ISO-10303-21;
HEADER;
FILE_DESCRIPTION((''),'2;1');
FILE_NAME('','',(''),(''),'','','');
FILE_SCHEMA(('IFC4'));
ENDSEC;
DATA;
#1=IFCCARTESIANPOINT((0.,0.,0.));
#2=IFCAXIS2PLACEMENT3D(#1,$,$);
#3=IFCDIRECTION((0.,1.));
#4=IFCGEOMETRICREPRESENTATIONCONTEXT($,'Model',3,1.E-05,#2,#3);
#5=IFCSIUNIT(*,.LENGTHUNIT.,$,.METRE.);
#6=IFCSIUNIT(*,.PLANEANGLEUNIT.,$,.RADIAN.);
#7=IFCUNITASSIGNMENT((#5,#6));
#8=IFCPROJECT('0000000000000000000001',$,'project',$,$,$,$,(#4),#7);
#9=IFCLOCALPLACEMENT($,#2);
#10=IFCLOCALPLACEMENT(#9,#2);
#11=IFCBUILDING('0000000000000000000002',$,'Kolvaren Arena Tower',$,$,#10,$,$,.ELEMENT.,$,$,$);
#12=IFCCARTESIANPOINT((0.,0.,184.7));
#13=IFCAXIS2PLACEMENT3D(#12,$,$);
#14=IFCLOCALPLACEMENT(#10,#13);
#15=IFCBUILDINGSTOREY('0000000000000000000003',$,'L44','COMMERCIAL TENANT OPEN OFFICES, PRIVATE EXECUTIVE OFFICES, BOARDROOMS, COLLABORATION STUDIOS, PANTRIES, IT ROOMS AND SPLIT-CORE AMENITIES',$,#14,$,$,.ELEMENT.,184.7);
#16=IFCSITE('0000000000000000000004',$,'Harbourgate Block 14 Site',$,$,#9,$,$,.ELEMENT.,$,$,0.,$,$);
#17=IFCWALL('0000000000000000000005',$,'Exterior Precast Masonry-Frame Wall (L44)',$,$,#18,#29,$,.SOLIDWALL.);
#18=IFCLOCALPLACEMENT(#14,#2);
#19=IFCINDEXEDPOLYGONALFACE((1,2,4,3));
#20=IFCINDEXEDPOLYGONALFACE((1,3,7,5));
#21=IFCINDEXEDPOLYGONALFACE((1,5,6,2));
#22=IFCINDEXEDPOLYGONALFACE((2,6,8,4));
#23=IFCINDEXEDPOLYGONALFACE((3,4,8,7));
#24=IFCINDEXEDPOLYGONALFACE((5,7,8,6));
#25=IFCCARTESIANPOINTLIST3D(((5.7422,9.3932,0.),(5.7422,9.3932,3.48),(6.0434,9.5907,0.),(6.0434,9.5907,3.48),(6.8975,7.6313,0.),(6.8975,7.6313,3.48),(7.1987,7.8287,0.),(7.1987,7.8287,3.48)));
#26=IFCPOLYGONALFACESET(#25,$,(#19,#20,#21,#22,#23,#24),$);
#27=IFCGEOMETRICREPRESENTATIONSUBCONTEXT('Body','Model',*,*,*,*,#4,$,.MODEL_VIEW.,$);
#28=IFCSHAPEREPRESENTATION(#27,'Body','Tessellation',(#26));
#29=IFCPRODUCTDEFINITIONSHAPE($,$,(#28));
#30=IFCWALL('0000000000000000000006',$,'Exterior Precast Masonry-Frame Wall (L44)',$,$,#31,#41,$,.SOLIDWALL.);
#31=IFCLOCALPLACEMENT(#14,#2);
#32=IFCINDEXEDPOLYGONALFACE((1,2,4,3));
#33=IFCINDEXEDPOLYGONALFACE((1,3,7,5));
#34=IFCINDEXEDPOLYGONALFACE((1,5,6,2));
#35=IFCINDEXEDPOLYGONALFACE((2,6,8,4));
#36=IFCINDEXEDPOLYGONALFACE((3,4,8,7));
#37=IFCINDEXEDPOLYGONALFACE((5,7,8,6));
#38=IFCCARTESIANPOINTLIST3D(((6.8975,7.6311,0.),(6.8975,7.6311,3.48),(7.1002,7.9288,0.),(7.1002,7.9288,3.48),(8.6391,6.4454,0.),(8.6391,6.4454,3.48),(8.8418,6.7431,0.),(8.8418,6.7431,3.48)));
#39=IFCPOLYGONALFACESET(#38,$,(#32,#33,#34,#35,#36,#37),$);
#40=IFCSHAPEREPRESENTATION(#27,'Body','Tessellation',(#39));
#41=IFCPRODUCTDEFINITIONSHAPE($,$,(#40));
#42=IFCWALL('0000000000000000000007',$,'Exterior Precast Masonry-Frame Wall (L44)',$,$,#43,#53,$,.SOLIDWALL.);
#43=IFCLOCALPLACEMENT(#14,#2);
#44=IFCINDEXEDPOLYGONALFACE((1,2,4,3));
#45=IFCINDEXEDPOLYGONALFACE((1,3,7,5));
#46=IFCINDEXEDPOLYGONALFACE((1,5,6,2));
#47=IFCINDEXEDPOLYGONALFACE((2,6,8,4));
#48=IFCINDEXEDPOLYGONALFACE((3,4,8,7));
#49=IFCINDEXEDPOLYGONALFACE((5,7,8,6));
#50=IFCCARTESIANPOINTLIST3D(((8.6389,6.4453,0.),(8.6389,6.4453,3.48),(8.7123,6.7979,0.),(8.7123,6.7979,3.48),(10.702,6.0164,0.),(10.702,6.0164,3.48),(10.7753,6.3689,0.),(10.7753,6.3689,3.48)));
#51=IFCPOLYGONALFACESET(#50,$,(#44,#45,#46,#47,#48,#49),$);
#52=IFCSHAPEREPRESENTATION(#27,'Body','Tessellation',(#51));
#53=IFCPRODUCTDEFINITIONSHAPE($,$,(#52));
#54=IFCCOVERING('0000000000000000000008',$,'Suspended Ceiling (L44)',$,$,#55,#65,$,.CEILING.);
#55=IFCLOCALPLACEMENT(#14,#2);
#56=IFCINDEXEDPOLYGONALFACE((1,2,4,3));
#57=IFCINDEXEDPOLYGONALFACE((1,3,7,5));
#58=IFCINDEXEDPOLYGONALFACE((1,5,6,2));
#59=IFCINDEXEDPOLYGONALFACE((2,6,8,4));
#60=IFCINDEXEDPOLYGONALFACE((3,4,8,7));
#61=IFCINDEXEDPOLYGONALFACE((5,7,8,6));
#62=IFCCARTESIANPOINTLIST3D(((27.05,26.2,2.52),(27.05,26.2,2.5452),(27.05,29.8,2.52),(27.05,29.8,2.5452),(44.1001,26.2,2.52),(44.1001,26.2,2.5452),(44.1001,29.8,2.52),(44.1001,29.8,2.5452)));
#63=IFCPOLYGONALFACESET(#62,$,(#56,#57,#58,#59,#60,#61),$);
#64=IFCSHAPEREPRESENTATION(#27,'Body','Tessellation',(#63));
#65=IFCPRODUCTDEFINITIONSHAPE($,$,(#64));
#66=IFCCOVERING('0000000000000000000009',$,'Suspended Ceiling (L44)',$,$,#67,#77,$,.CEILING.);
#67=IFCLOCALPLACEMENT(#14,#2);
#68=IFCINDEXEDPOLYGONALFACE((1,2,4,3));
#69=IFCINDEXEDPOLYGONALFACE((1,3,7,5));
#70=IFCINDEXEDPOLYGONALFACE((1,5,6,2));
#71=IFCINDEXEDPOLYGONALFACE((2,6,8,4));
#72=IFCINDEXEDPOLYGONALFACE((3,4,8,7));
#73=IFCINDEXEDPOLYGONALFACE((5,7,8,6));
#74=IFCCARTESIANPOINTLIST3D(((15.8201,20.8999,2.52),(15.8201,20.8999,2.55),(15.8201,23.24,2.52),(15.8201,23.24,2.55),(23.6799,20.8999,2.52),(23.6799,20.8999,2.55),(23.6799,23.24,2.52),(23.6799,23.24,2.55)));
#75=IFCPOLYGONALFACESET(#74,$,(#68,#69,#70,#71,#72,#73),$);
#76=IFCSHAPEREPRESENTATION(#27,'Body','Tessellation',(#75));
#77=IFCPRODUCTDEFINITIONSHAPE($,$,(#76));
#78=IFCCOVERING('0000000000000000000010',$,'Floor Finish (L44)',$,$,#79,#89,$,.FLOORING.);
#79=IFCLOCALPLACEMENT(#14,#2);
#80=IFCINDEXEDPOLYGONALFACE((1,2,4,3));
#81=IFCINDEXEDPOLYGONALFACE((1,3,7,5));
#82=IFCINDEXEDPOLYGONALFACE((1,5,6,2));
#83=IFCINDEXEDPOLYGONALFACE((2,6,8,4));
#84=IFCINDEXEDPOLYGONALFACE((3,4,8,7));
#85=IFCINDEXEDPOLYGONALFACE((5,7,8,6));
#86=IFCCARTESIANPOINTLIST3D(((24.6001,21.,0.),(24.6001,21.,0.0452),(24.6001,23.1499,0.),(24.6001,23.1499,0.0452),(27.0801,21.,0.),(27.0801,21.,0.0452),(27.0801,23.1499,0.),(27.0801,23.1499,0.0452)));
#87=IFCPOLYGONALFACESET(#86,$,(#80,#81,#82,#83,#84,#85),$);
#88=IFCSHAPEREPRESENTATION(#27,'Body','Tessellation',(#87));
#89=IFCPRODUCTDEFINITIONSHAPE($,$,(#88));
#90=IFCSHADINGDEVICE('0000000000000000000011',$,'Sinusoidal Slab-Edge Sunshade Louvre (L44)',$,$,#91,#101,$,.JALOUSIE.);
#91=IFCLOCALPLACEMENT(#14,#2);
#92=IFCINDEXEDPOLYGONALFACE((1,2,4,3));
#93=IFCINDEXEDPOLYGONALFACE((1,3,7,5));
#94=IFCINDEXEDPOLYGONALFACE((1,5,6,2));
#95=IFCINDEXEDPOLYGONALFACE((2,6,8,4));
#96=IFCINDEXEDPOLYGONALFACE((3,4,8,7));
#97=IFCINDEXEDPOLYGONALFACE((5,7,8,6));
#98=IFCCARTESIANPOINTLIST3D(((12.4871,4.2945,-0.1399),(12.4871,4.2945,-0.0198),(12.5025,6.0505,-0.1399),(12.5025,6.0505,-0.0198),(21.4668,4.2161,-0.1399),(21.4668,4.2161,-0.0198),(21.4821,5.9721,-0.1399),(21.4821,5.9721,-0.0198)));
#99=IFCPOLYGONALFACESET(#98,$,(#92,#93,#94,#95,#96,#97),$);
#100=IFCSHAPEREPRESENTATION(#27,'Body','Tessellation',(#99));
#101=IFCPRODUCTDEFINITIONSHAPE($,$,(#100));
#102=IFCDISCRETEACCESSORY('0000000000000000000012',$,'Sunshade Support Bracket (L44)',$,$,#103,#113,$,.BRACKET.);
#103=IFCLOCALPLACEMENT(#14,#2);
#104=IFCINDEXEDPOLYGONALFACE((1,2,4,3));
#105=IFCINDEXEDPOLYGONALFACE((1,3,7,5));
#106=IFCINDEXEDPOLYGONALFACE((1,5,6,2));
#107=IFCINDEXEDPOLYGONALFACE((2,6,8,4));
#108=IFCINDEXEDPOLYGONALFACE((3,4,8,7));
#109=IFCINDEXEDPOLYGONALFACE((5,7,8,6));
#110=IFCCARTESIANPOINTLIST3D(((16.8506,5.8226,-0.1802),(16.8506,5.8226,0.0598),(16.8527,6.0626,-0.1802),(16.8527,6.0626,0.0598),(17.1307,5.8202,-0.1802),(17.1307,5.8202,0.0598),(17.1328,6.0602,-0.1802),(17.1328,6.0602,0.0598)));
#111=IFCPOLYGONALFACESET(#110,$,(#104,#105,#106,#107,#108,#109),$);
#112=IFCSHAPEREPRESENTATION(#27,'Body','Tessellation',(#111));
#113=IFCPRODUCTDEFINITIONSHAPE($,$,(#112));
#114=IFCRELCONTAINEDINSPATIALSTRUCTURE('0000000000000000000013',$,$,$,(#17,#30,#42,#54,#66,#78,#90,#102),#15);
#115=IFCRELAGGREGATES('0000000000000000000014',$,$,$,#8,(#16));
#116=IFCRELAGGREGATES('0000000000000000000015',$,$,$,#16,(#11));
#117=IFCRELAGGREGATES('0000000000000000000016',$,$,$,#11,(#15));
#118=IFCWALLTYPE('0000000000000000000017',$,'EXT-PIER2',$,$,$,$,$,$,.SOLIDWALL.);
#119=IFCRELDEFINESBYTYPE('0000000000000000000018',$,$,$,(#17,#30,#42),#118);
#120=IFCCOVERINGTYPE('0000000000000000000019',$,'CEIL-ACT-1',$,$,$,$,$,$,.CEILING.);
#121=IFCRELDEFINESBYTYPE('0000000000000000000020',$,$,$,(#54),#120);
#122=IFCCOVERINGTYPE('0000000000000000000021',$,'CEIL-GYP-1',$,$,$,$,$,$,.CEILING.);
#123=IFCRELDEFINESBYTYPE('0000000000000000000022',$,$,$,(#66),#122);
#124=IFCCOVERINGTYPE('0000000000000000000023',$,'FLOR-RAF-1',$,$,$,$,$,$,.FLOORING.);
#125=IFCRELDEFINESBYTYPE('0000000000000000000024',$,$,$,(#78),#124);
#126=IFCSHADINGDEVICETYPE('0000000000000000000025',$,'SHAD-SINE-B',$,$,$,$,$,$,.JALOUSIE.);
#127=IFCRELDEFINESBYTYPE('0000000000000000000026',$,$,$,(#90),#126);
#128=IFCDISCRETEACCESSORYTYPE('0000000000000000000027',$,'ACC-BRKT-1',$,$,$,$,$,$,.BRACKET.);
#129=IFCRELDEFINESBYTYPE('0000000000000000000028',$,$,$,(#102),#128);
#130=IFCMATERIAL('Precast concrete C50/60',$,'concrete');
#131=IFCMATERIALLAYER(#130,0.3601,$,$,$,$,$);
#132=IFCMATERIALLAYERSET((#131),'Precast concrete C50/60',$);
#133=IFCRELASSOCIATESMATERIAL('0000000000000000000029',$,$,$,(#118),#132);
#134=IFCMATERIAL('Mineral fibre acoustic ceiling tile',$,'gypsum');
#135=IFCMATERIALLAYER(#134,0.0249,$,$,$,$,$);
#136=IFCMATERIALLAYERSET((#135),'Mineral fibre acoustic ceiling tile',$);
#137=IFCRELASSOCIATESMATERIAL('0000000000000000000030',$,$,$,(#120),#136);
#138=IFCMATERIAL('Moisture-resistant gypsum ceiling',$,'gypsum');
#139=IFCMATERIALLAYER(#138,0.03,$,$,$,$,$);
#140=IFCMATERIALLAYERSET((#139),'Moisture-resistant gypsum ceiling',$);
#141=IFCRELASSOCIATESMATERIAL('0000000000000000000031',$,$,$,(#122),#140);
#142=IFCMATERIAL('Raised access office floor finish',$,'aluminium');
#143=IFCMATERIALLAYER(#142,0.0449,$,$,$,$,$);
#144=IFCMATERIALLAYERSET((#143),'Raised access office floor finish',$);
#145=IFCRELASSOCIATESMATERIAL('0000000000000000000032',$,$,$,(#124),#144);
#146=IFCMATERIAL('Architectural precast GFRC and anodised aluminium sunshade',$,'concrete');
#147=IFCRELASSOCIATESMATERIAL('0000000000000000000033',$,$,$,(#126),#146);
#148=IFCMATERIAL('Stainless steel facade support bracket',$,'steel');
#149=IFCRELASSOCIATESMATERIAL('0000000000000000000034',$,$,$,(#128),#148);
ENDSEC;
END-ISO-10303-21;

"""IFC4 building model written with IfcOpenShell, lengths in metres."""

from ifc_helpers import new_model, si_unit, direction, frame, frame_2d, origin, origin_2d, place, context, subcontext, project, spatial, polyline, rectangle, outline, extrude, material, layer, layer_set, type_object, element, save


model = new_model("IFC4")

# Units and contexts
model_context = context("Model", 3, precision=1e-05, world=origin(), true_north=direction((0.0, 1.0)))
body_context = subcontext(model_context, "Body", "Model", "MODEL_VIEW")
ifc_project = project(units=[si_unit("LENGTHUNIT", "METRE"), si_unit("PLANEANGLEUNIT", "RADIAN")], contexts=[model_context])

# Site, building, storey
site_placement = place(None, origin())
site = spatial("IfcSite", under=ifc_project, at=site_placement, Name="Harbourgate Block 14 Site", CompositionType="ELEMENT", RefElevation=0.0)
building_placement = place(site_placement, origin())
building = spatial("IfcBuilding", under=site, at=building_placement, Name="Kolvaren Arena Tower", CompositionType="ELEMENT")
storey_placement = place(building_placement, frame((0.0, 0.0, 184.7)))
storey = spatial("IfcBuildingStorey", under=building, at=storey_placement, Name="L44", Description="COMMERCIAL TENANT OPEN OFFICES, PRIVATE EXECUTIVE OFFICES, BOARDROOMS, COLLABORATION STUDIOS, PANTRIES, IT ROOMS AND SPLIT-CORE AMENITIES", CompositionType="ELEMENT", Elevation=184.7)

# Walls
ifc_material_1 = material(Name="Precast concrete C50/60", Category="concrete")
ifc_layer_1 = layer(ifc_material_1, 0.3601)
ifc_layer_set_1 = layer_set([ifc_layer_1], Name="Precast concrete C50/60")
wall_type = type_object("IfcWallType", Name="EXT-PIER2", PredefinedType="SOLIDWALL", material=ifc_layer_set_1)
for number, where, z_axis, x_axis, name in (
    (1, (7.0481, 7.73, 0.0), (0.0, 0.0, 1.0), (-0.54832, 0.836269, 0.0), "Exterior Precast Masonry-Frame Wall (L44)"),
    (2, (8.7405, 6.5942, 0.0), (0.0, 0.0, 1.0), (-0.82661, 0.562776, 0.0), "Exterior Precast Masonry-Frame Wall (L44)"),
):
    element("IfcWall", number, at=place(storey_placement, frame(where, z_axis=z_axis, x_axis=x_axis)), inside=storey, type_object=wall_type, Name=name, PredefinedType="SOLIDWALL", context=body_context, shape_type="SweptSolid", body=[
        extrude(rectangle(XDim=2.1069, YDim=0.3601, at=frame_2d((1.0535, 0.0))), origin(), (0.0, 0.0, 1.0), 3.48),
    ])
wall_placement = place(storey_placement, frame((10.7388, 6.1926, 0.0), z_axis=(0.0, 0.0, 1.0), x_axis=(-0.979059, 0.203575, 0.0)))
element("IfcWall", 3, at=wall_placement, inside=storey, type_object=wall_type, Name="Exterior Precast Masonry-Frame Wall (L44)", PredefinedType="SOLIDWALL", context=body_context, shape_type="SweptSolid", body=[
    extrude(rectangle(XDim=2.1072, YDim=0.3601, at=frame_2d((1.0537, 0.0))), origin(), (0.0, 0.0, 1.0), 3.48),
])

# Coverings
ifc_material_2 = material(Name="Mineral fibre acoustic ceiling tile", Category="gypsum")
ifc_layer_2 = layer(ifc_material_2, 0.0249)
ifc_layer_set_2 = layer_set([ifc_layer_2], Name="Mineral fibre acoustic ceiling tile")
covering_type_1 = type_object("IfcCoveringType", Name="CEIL-ACT-1", PredefinedType="CEILING", material=ifc_layer_set_2)
covering_1_placement = place(storey_placement, frame((0.0, 0.0, 2.52)))
element("IfcCovering", 4, at=covering_1_placement, inside=storey, type_object=covering_type_1, Name="Suspended Ceiling (L44)", PredefinedType="CEILING", context=body_context, shape_type="SweptSolid", body=[
    extrude(outline(polyline([(27.05, 26.2), (27.05, 29.8), (44.1001, 29.8), (44.1001, 26.2), (27.05, 26.2)])), origin(), (0.0, 0.0, 1.0), 0.0251),
])
ifc_material_3 = material(Name="Moisture-resistant gypsum ceiling", Category="gypsum")
ifc_layer_3 = layer(ifc_material_3, 0.03)
ifc_layer_set_3 = layer_set([ifc_layer_3], Name="Moisture-resistant gypsum ceiling")
covering_type_2 = type_object("IfcCoveringType", Name="CEIL-GYP-1", PredefinedType="CEILING", material=ifc_layer_set_3)
covering_2_placement = place(storey_placement, frame((0.0, 0.0, 2.52)))
element("IfcCovering", 5, at=covering_2_placement, inside=storey, type_object=covering_type_2, Name="Suspended Ceiling (L44)", PredefinedType="CEILING", context=body_context, shape_type="SweptSolid", body=[
    extrude(outline(polyline([(15.8201, 20.8999), (15.8201, 23.24), (23.6799, 23.24), (23.6799, 20.8999), (15.8201, 20.8999)])), origin(), (0.0, 0.0, 1.0), 0.03),
])
ifc_material_4 = material(Name="Raised access office floor finish", Category="aluminium")
ifc_layer_4 = layer(ifc_material_4, 0.0449)
ifc_layer_set_4 = layer_set([ifc_layer_4], Name="Raised access office floor finish")
covering_type_3 = type_object("IfcCoveringType", Name="FLOR-RAF-1", PredefinedType="FLOORING", material=ifc_layer_set_4)
covering_3_placement = place(storey_placement, origin())
element("IfcCovering", 6, at=covering_3_placement, inside=storey, type_object=covering_type_3, Name="Floor Finish (L44)", PredefinedType="FLOORING", context=body_context, shape_type="SweptSolid", body=[
    extrude(outline(polyline([(24.6001, 21.0), (24.6001, 23.1499), (27.0801, 23.1499), (27.0801, 21.0), (24.6001, 21.0)])), origin(), (0.0, 0.0, 1.0), 0.0452),
])

# Shading device
ifc_material_5 = material(Name="Architectural precast GFRC and anodised aluminium sunshade", Category="concrete")
shading_device_type = type_object("IfcShadingDeviceType", Name="SHAD-SINE-B", PredefinedType="JALOUSIE", material=ifc_material_5)
shading_device_placement = place(storey_placement, frame((16.9846, 5.1333, -0.1399), z_axis=(0.0, 0.0, 1.0), x_axis=(-0.999962, 0.008727, 0.0)))
element("IfcShadingDevice", 7, at=shading_device_placement, inside=storey, type_object=shading_device_type, Name="Sinusoidal Slab-Edge Sunshade Louvre (L44)", PredefinedType="JALOUSIE", context=body_context, shape_type="SweptSolid", body=[
    extrude(rectangle(XDim=8.98, YDim=1.7561, at=origin_2d()), origin(), (0.0, 0.0, 1.0), 0.1201),
])

# Discrete accessory
ifc_material_6 = material(Name="Stainless steel facade support bracket", Category="steel")
discrete_accessory_type = type_object("IfcDiscreteAccessoryType", Name="ACC-BRKT-1", PredefinedType="BRACKET", material=ifc_material_6)
discrete_accessory_placement = place(storey_placement, frame((16.9917, 5.9414, -0.1802), z_axis=(0.0, 0.0, 1.0), x_axis=(-0.999962, 0.008727, 0.0)))
element("IfcDiscreteAccessory", 8, at=discrete_accessory_placement, inside=storey, type_object=discrete_accessory_type, Name="Sunshade Support Bracket (L44)", PredefinedType="BRACKET", context=body_context, shape_type="SweptSolid", body=[
    extrude(rectangle(XDim=0.28, YDim=0.24, at=origin_2d()), origin(), (0.0, 0.0, 1.0), 0.24),
])

save(model, "model.ifc")
